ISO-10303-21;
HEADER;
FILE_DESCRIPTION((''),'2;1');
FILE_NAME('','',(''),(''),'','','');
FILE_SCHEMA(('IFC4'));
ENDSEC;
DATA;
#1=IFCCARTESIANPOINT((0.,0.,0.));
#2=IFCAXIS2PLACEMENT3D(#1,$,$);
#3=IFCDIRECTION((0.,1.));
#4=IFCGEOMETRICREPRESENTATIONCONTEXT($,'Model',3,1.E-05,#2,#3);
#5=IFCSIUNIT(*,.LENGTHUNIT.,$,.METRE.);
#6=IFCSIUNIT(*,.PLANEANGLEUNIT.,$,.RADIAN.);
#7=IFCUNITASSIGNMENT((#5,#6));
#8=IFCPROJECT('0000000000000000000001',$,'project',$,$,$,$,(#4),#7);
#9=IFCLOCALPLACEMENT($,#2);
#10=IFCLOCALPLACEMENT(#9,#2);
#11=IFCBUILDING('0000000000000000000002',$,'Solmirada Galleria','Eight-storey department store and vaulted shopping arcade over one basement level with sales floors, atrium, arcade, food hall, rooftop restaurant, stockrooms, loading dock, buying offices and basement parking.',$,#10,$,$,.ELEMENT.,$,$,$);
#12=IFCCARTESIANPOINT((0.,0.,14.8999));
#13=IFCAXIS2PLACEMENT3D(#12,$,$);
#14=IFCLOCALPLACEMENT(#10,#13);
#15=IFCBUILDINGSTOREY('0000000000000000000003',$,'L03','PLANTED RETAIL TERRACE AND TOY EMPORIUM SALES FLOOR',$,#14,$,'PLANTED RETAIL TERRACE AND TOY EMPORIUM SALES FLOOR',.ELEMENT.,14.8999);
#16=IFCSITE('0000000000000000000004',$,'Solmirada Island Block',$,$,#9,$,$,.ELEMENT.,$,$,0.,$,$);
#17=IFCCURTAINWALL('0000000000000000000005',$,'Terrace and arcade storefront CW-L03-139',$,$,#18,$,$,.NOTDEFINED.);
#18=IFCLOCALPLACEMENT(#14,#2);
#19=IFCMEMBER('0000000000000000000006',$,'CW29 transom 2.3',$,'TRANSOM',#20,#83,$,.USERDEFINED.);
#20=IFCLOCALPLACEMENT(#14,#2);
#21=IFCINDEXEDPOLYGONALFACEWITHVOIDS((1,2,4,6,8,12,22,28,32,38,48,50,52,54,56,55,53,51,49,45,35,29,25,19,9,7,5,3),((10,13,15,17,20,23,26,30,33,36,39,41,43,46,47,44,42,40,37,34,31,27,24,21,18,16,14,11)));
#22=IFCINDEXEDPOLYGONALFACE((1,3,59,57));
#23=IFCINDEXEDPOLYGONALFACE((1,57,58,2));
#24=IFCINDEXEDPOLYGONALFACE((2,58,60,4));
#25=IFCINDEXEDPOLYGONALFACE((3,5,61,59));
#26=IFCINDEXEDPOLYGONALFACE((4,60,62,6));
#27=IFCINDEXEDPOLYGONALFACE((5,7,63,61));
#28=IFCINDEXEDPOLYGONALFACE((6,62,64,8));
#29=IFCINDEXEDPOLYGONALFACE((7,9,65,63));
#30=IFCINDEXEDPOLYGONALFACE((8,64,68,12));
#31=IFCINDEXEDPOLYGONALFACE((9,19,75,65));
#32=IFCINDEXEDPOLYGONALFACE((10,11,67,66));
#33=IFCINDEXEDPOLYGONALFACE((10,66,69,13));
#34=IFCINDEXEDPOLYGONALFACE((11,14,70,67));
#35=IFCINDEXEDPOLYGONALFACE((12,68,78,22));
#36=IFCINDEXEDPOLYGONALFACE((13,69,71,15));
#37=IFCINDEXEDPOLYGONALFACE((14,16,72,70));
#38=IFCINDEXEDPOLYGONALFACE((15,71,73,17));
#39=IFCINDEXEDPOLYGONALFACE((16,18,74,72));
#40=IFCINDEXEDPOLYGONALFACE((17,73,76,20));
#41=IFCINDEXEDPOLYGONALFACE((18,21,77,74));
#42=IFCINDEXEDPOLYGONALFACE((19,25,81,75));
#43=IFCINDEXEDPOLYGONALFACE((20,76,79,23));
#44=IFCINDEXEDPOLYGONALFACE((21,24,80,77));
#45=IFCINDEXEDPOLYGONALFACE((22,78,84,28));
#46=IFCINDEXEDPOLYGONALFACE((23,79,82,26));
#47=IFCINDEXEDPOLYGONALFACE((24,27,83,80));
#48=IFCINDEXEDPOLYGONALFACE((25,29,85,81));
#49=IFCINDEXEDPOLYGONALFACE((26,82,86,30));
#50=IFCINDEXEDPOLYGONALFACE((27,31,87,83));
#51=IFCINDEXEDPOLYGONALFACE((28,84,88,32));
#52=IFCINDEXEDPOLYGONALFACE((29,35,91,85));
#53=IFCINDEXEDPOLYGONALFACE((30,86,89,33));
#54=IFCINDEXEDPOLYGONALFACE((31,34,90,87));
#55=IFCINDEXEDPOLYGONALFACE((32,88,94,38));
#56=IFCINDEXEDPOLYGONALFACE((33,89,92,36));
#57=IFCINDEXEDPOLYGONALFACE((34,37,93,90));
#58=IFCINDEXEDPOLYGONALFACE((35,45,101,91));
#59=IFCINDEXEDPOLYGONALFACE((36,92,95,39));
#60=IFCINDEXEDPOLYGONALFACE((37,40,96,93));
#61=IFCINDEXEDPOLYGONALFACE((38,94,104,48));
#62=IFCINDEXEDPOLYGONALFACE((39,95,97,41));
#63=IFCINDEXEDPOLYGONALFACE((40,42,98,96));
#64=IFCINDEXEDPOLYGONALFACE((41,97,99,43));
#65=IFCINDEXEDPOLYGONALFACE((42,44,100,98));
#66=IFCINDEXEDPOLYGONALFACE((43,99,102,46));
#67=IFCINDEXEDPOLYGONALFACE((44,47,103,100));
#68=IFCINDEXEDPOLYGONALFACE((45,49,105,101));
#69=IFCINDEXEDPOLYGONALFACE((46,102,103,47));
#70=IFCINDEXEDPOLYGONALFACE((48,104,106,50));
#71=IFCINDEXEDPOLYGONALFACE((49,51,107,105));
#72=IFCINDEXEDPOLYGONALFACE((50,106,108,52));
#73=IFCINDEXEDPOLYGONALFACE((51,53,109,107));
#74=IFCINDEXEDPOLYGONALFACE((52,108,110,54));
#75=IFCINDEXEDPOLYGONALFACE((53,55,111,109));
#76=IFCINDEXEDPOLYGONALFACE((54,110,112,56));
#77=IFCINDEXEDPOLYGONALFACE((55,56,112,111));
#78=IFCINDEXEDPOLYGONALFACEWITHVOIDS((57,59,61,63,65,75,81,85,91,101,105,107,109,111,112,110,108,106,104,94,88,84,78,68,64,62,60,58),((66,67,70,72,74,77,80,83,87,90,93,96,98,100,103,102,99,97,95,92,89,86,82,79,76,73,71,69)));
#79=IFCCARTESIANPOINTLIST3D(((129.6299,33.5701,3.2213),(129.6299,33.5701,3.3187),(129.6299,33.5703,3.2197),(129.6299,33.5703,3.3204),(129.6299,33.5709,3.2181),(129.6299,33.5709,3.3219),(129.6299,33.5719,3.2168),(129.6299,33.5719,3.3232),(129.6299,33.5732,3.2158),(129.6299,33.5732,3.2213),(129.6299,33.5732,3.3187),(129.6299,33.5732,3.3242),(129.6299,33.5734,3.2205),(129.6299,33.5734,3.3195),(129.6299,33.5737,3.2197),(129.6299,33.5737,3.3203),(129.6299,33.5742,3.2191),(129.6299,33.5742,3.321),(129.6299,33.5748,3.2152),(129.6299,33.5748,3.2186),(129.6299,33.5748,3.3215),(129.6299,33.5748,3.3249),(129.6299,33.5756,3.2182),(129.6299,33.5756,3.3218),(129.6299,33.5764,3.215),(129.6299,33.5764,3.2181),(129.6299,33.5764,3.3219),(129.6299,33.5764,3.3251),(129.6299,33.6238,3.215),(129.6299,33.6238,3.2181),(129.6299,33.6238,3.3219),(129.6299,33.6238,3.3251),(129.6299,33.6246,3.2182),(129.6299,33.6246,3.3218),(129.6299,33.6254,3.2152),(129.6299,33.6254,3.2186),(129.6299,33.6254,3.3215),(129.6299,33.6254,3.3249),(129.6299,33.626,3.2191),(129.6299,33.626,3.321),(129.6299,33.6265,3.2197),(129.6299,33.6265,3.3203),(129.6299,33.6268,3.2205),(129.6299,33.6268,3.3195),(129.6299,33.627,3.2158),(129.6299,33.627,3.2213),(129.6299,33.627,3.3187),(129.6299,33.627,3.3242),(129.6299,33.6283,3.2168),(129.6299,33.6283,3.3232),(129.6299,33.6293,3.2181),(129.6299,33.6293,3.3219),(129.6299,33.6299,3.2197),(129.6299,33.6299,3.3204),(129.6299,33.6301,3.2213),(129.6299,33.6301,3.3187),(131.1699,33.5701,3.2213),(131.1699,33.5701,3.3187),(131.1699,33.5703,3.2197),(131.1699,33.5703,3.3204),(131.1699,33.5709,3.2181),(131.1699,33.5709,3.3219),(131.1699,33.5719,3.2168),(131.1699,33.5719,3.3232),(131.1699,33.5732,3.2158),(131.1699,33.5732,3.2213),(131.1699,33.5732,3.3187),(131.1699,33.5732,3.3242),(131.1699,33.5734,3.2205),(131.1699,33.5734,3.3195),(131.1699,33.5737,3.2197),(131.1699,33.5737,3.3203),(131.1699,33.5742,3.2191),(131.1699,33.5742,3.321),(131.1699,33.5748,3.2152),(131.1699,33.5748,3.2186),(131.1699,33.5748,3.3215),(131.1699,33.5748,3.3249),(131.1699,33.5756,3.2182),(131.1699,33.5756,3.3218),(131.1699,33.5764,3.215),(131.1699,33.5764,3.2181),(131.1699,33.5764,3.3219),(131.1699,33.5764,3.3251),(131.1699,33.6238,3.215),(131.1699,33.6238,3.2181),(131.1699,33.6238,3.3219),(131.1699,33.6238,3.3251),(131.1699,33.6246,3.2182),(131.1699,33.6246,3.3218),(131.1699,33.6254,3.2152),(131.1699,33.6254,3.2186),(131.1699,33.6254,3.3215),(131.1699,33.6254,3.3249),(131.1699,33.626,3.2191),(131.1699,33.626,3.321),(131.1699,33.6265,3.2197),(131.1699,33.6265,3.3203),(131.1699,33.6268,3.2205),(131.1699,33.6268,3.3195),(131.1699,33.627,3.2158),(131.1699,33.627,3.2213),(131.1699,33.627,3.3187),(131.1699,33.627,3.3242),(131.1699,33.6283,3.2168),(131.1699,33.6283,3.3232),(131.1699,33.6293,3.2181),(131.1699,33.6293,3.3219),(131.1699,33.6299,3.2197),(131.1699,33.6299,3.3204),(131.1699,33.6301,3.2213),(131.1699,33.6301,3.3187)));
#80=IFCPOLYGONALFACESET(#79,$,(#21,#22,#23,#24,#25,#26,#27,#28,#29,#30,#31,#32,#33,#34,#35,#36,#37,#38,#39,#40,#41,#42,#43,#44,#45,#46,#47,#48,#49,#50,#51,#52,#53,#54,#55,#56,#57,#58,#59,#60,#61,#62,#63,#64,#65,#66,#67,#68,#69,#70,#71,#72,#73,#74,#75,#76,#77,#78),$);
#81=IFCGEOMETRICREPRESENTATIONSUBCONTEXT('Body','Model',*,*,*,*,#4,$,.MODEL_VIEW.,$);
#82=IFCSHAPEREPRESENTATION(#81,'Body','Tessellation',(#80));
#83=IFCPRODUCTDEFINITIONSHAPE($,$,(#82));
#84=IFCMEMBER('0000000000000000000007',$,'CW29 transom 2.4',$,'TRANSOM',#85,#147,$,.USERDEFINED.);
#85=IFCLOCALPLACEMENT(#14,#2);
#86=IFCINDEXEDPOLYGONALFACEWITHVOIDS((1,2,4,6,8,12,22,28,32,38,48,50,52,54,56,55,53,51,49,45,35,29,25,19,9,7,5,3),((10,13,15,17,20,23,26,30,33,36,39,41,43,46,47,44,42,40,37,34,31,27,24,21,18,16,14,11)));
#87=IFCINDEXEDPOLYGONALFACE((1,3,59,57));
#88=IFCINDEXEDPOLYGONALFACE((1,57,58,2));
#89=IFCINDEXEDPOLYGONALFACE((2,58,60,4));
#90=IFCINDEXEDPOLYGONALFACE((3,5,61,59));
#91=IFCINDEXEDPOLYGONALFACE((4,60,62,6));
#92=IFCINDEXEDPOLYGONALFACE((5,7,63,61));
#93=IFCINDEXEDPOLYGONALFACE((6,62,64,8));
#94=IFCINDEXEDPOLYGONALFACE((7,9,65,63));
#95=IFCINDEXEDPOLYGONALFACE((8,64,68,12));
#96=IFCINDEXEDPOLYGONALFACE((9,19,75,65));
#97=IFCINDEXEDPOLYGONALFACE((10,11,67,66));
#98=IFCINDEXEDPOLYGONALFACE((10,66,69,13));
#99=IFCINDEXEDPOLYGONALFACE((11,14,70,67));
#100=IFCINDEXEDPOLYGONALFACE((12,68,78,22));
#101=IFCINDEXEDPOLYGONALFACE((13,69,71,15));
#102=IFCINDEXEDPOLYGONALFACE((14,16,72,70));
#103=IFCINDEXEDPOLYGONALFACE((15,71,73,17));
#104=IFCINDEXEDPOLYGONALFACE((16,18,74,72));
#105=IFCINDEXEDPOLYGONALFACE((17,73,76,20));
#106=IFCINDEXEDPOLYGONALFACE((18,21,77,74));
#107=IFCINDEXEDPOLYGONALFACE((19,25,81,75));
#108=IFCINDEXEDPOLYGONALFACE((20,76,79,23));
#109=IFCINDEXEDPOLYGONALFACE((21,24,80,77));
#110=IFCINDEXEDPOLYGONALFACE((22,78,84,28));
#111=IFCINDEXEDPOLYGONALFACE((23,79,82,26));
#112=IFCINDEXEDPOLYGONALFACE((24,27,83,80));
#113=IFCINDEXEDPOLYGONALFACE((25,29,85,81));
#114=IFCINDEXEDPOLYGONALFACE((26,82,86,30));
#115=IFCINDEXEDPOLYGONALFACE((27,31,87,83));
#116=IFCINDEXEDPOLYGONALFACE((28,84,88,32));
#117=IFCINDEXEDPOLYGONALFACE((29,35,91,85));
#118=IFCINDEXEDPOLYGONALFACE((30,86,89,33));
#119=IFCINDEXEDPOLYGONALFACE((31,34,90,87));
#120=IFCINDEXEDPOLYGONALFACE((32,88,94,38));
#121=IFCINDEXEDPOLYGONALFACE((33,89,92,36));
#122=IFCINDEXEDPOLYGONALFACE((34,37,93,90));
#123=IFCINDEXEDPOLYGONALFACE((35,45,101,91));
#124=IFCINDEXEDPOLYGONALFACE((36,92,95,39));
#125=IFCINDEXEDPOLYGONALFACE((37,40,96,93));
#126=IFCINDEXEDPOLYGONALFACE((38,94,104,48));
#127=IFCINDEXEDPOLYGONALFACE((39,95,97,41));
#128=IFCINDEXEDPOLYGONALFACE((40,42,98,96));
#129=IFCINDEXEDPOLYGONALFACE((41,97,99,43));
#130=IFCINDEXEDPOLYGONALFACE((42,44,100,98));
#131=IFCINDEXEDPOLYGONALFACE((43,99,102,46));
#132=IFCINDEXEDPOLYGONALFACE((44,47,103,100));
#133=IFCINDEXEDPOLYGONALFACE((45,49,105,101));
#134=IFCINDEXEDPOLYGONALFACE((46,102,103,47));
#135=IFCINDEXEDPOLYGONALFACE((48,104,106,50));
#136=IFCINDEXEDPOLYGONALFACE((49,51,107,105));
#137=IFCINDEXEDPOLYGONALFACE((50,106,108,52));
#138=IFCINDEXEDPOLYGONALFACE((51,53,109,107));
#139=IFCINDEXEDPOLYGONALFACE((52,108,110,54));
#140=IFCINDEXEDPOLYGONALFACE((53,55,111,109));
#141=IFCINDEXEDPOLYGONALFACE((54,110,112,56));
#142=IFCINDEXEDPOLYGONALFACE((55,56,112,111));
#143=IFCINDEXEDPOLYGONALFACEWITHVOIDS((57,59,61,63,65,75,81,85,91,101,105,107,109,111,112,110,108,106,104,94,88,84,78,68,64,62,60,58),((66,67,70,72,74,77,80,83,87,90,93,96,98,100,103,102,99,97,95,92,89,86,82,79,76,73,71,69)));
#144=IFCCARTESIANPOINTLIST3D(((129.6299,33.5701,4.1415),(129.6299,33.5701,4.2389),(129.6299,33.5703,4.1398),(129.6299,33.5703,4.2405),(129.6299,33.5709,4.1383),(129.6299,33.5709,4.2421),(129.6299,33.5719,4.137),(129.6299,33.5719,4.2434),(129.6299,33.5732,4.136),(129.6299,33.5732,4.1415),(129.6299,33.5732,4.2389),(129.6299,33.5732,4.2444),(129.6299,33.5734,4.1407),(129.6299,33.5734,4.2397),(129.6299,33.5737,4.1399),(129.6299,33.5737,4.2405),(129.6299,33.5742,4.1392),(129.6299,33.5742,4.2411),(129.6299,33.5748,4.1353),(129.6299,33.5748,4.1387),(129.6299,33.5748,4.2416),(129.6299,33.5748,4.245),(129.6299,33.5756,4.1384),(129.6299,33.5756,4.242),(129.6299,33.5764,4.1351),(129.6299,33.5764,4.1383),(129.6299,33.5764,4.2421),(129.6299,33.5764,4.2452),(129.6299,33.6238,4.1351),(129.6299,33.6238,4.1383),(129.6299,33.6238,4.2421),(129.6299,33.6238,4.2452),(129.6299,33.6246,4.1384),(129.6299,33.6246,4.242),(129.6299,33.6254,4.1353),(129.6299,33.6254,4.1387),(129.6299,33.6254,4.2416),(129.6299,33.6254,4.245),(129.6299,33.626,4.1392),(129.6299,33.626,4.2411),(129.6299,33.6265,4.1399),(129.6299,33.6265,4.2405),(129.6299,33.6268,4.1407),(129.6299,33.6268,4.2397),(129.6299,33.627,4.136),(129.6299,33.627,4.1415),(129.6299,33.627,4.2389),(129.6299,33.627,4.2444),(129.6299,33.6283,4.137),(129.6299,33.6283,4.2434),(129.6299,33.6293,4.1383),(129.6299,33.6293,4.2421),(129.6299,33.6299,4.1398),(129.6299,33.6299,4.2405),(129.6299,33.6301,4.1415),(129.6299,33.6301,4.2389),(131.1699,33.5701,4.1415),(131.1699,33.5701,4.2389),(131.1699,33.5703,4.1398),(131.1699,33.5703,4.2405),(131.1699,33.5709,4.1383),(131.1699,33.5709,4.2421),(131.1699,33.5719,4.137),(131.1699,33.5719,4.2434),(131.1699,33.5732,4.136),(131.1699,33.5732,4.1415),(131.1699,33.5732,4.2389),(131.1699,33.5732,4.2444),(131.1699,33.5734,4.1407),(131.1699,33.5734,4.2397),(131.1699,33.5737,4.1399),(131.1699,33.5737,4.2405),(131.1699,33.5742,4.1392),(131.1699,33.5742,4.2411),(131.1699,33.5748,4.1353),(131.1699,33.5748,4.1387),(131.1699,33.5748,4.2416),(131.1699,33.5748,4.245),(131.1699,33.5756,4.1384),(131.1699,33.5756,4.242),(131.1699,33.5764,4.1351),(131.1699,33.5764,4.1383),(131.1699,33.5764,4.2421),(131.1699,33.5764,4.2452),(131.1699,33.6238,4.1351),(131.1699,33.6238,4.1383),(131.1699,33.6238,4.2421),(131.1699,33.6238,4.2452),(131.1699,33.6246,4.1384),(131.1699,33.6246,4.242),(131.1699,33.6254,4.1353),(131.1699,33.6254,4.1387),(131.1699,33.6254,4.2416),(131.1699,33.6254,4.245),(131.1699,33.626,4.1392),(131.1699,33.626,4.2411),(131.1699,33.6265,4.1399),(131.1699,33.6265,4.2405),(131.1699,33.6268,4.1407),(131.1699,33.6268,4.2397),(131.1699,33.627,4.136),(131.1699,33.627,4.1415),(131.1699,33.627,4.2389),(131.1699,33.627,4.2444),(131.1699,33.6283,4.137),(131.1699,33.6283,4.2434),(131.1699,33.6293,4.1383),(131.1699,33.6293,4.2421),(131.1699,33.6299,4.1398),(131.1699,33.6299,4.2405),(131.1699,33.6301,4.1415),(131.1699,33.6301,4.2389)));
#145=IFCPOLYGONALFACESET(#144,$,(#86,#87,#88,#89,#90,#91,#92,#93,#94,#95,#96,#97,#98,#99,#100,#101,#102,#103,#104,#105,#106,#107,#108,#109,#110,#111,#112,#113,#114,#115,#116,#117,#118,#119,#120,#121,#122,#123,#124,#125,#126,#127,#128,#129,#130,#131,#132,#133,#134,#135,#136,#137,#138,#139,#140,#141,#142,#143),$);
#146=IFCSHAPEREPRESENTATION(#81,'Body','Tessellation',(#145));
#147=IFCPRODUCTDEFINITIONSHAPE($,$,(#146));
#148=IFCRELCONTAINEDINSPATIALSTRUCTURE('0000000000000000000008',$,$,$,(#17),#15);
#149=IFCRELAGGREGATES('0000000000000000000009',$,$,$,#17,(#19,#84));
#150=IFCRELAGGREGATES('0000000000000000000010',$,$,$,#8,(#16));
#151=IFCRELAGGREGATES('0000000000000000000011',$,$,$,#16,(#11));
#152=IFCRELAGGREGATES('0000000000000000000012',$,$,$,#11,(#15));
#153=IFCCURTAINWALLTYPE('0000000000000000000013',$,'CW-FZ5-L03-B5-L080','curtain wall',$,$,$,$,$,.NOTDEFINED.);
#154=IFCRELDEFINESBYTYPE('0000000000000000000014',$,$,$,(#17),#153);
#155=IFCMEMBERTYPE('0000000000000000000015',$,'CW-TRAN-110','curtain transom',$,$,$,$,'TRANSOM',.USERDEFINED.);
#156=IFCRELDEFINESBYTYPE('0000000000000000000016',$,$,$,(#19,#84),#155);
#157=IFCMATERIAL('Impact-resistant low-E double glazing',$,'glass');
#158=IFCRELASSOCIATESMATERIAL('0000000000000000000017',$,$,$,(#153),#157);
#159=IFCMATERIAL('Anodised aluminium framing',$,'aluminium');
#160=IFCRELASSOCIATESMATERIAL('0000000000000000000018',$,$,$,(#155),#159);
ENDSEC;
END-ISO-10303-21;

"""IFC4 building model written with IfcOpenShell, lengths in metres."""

from ifc_helpers import new_model, si_unit, direction, frame, origin, origin_2d, place, context, subcontext, project, spatial, hollow_rectangle, extrude, material, material_profile, profile_set, type_object, element, aggregate, save


model = new_model("IFC4")

# Units and contexts
model_context = context("Model", 3, precision=1e-05, world=origin(), true_north=direction((0.0, 1.0)))
body_context = subcontext(model_context, "Body", "Model", "MODEL_VIEW")
ifc_project = project(units=[si_unit("LENGTHUNIT", "METRE"), si_unit("PLANEANGLEUNIT", "RADIAN")], contexts=[model_context])

# Site, building, storey
site_placement = place(None, origin())
site = spatial("IfcSite", under=ifc_project, at=site_placement, Name="Solmirada Island Block", CompositionType="ELEMENT", RefElevation=0.0)
building_placement = place(site_placement, origin())
building = spatial("IfcBuilding", under=site, at=building_placement, Name="Solmirada Galleria", Description="Eight-storey department store and vaulted shopping arcade over one basement level with sales floors, atrium, arcade, food hall, rooftop restaurant, stockrooms, loading dock, buying offices and basement parking.", CompositionType="ELEMENT")
storey_placement = place(building_placement, frame((0.0, 0.0, 14.8999)))
storey = spatial("IfcBuildingStorey", under=building, at=storey_placement, Name="L03", Description="PLANTED RETAIL TERRACE AND TOY EMPORIUM SALES FLOOR", LongName="PLANTED RETAIL TERRACE AND TOY EMPORIUM SALES FLOOR", CompositionType="ELEMENT", Elevation=14.8999)

# Curtain wall, members
ifc_material_1 = material(Name="Impact-resistant low-E double glazing", Category="glass")
curtain_wall_type = type_object("IfcCurtainWallType", Name="CW-FZ5-L03-B5-L080", Description="curtain wall", PredefinedType="NOTDEFINED", material=ifc_material_1)
curtain_wall_placement = place(storey_placement, origin())
curtain_wall = element("IfcCurtainWall", 1, at=curtain_wall_placement, inside=storey, type_object=curtain_wall_type, Name="Terrace and arcade storefront CW-L03-139", PredefinedType="NOTDEFINED")
ifc_material_2 = material(Name="Anodised aluminium framing", Category="aluminium")
ifc_material_profile_1 = material_profile(ifc_material_2, hollow_rectangle(XDim=0.0601, YDim=0.1101, WallThickness=0.0032, InnerFilletRadius=0.0032, OuterFilletRadius=0.0063, at=origin_2d()), Name="ALU-TRAN-110X60")
ifc_profile_set_1 = profile_set([ifc_material_profile_1], Name="Anodised aluminium framing")
member_type_1 = type_object("IfcMemberType", Name="CW-TRAN-110", Description="curtain transom", ElementType="TRANSOM", PredefinedType="USERDEFINED", material=ifc_profile_set_1)
member_1_placement = place(storey_placement, frame((129.6299, 33.6001, 3.27), z_axis=(1.0, 0.0, 0.0), x_axis=(0.0, 1.0, 0.0)))
member_1 = element("IfcMember", 2, at=member_1_placement, type_object=member_type_1, Name="CW29 transom 2.3", ObjectType="TRANSOM", PredefinedType="USERDEFINED", context=body_context, shape_type="SweptSolid", body=[
    extrude(hollow_rectangle(XDim=0.0601, YDim=0.1101, WallThickness=0.0032, InnerFilletRadius=0.0032, OuterFilletRadius=0.0063, at=origin_2d()), origin(), (0.0, 0.0, 1.0), 1.54),
])
member_2_placement = place(storey_placement, frame((129.6299, 33.6001, 4.1902), z_axis=(1.0, 0.0, 0.0), x_axis=(0.0, 1.0, 0.0)))
member_2 = element("IfcMember", 3, at=member_2_placement, type_object=member_type_1, Name="CW29 transom 2.4", ObjectType="TRANSOM", PredefinedType="USERDEFINED", context=body_context, shape_type="SweptSolid", body=[
    extrude(hollow_rectangle(XDim=0.0601, YDim=0.1101, WallThickness=0.0032, InnerFilletRadius=0.0032, OuterFilletRadius=0.0063, at=origin_2d()), origin(), (0.0, 0.0, 1.0), 1.54),
])
aggregate(curtain_wall, [member_1, member_2])

save(model, "model.ifc")
